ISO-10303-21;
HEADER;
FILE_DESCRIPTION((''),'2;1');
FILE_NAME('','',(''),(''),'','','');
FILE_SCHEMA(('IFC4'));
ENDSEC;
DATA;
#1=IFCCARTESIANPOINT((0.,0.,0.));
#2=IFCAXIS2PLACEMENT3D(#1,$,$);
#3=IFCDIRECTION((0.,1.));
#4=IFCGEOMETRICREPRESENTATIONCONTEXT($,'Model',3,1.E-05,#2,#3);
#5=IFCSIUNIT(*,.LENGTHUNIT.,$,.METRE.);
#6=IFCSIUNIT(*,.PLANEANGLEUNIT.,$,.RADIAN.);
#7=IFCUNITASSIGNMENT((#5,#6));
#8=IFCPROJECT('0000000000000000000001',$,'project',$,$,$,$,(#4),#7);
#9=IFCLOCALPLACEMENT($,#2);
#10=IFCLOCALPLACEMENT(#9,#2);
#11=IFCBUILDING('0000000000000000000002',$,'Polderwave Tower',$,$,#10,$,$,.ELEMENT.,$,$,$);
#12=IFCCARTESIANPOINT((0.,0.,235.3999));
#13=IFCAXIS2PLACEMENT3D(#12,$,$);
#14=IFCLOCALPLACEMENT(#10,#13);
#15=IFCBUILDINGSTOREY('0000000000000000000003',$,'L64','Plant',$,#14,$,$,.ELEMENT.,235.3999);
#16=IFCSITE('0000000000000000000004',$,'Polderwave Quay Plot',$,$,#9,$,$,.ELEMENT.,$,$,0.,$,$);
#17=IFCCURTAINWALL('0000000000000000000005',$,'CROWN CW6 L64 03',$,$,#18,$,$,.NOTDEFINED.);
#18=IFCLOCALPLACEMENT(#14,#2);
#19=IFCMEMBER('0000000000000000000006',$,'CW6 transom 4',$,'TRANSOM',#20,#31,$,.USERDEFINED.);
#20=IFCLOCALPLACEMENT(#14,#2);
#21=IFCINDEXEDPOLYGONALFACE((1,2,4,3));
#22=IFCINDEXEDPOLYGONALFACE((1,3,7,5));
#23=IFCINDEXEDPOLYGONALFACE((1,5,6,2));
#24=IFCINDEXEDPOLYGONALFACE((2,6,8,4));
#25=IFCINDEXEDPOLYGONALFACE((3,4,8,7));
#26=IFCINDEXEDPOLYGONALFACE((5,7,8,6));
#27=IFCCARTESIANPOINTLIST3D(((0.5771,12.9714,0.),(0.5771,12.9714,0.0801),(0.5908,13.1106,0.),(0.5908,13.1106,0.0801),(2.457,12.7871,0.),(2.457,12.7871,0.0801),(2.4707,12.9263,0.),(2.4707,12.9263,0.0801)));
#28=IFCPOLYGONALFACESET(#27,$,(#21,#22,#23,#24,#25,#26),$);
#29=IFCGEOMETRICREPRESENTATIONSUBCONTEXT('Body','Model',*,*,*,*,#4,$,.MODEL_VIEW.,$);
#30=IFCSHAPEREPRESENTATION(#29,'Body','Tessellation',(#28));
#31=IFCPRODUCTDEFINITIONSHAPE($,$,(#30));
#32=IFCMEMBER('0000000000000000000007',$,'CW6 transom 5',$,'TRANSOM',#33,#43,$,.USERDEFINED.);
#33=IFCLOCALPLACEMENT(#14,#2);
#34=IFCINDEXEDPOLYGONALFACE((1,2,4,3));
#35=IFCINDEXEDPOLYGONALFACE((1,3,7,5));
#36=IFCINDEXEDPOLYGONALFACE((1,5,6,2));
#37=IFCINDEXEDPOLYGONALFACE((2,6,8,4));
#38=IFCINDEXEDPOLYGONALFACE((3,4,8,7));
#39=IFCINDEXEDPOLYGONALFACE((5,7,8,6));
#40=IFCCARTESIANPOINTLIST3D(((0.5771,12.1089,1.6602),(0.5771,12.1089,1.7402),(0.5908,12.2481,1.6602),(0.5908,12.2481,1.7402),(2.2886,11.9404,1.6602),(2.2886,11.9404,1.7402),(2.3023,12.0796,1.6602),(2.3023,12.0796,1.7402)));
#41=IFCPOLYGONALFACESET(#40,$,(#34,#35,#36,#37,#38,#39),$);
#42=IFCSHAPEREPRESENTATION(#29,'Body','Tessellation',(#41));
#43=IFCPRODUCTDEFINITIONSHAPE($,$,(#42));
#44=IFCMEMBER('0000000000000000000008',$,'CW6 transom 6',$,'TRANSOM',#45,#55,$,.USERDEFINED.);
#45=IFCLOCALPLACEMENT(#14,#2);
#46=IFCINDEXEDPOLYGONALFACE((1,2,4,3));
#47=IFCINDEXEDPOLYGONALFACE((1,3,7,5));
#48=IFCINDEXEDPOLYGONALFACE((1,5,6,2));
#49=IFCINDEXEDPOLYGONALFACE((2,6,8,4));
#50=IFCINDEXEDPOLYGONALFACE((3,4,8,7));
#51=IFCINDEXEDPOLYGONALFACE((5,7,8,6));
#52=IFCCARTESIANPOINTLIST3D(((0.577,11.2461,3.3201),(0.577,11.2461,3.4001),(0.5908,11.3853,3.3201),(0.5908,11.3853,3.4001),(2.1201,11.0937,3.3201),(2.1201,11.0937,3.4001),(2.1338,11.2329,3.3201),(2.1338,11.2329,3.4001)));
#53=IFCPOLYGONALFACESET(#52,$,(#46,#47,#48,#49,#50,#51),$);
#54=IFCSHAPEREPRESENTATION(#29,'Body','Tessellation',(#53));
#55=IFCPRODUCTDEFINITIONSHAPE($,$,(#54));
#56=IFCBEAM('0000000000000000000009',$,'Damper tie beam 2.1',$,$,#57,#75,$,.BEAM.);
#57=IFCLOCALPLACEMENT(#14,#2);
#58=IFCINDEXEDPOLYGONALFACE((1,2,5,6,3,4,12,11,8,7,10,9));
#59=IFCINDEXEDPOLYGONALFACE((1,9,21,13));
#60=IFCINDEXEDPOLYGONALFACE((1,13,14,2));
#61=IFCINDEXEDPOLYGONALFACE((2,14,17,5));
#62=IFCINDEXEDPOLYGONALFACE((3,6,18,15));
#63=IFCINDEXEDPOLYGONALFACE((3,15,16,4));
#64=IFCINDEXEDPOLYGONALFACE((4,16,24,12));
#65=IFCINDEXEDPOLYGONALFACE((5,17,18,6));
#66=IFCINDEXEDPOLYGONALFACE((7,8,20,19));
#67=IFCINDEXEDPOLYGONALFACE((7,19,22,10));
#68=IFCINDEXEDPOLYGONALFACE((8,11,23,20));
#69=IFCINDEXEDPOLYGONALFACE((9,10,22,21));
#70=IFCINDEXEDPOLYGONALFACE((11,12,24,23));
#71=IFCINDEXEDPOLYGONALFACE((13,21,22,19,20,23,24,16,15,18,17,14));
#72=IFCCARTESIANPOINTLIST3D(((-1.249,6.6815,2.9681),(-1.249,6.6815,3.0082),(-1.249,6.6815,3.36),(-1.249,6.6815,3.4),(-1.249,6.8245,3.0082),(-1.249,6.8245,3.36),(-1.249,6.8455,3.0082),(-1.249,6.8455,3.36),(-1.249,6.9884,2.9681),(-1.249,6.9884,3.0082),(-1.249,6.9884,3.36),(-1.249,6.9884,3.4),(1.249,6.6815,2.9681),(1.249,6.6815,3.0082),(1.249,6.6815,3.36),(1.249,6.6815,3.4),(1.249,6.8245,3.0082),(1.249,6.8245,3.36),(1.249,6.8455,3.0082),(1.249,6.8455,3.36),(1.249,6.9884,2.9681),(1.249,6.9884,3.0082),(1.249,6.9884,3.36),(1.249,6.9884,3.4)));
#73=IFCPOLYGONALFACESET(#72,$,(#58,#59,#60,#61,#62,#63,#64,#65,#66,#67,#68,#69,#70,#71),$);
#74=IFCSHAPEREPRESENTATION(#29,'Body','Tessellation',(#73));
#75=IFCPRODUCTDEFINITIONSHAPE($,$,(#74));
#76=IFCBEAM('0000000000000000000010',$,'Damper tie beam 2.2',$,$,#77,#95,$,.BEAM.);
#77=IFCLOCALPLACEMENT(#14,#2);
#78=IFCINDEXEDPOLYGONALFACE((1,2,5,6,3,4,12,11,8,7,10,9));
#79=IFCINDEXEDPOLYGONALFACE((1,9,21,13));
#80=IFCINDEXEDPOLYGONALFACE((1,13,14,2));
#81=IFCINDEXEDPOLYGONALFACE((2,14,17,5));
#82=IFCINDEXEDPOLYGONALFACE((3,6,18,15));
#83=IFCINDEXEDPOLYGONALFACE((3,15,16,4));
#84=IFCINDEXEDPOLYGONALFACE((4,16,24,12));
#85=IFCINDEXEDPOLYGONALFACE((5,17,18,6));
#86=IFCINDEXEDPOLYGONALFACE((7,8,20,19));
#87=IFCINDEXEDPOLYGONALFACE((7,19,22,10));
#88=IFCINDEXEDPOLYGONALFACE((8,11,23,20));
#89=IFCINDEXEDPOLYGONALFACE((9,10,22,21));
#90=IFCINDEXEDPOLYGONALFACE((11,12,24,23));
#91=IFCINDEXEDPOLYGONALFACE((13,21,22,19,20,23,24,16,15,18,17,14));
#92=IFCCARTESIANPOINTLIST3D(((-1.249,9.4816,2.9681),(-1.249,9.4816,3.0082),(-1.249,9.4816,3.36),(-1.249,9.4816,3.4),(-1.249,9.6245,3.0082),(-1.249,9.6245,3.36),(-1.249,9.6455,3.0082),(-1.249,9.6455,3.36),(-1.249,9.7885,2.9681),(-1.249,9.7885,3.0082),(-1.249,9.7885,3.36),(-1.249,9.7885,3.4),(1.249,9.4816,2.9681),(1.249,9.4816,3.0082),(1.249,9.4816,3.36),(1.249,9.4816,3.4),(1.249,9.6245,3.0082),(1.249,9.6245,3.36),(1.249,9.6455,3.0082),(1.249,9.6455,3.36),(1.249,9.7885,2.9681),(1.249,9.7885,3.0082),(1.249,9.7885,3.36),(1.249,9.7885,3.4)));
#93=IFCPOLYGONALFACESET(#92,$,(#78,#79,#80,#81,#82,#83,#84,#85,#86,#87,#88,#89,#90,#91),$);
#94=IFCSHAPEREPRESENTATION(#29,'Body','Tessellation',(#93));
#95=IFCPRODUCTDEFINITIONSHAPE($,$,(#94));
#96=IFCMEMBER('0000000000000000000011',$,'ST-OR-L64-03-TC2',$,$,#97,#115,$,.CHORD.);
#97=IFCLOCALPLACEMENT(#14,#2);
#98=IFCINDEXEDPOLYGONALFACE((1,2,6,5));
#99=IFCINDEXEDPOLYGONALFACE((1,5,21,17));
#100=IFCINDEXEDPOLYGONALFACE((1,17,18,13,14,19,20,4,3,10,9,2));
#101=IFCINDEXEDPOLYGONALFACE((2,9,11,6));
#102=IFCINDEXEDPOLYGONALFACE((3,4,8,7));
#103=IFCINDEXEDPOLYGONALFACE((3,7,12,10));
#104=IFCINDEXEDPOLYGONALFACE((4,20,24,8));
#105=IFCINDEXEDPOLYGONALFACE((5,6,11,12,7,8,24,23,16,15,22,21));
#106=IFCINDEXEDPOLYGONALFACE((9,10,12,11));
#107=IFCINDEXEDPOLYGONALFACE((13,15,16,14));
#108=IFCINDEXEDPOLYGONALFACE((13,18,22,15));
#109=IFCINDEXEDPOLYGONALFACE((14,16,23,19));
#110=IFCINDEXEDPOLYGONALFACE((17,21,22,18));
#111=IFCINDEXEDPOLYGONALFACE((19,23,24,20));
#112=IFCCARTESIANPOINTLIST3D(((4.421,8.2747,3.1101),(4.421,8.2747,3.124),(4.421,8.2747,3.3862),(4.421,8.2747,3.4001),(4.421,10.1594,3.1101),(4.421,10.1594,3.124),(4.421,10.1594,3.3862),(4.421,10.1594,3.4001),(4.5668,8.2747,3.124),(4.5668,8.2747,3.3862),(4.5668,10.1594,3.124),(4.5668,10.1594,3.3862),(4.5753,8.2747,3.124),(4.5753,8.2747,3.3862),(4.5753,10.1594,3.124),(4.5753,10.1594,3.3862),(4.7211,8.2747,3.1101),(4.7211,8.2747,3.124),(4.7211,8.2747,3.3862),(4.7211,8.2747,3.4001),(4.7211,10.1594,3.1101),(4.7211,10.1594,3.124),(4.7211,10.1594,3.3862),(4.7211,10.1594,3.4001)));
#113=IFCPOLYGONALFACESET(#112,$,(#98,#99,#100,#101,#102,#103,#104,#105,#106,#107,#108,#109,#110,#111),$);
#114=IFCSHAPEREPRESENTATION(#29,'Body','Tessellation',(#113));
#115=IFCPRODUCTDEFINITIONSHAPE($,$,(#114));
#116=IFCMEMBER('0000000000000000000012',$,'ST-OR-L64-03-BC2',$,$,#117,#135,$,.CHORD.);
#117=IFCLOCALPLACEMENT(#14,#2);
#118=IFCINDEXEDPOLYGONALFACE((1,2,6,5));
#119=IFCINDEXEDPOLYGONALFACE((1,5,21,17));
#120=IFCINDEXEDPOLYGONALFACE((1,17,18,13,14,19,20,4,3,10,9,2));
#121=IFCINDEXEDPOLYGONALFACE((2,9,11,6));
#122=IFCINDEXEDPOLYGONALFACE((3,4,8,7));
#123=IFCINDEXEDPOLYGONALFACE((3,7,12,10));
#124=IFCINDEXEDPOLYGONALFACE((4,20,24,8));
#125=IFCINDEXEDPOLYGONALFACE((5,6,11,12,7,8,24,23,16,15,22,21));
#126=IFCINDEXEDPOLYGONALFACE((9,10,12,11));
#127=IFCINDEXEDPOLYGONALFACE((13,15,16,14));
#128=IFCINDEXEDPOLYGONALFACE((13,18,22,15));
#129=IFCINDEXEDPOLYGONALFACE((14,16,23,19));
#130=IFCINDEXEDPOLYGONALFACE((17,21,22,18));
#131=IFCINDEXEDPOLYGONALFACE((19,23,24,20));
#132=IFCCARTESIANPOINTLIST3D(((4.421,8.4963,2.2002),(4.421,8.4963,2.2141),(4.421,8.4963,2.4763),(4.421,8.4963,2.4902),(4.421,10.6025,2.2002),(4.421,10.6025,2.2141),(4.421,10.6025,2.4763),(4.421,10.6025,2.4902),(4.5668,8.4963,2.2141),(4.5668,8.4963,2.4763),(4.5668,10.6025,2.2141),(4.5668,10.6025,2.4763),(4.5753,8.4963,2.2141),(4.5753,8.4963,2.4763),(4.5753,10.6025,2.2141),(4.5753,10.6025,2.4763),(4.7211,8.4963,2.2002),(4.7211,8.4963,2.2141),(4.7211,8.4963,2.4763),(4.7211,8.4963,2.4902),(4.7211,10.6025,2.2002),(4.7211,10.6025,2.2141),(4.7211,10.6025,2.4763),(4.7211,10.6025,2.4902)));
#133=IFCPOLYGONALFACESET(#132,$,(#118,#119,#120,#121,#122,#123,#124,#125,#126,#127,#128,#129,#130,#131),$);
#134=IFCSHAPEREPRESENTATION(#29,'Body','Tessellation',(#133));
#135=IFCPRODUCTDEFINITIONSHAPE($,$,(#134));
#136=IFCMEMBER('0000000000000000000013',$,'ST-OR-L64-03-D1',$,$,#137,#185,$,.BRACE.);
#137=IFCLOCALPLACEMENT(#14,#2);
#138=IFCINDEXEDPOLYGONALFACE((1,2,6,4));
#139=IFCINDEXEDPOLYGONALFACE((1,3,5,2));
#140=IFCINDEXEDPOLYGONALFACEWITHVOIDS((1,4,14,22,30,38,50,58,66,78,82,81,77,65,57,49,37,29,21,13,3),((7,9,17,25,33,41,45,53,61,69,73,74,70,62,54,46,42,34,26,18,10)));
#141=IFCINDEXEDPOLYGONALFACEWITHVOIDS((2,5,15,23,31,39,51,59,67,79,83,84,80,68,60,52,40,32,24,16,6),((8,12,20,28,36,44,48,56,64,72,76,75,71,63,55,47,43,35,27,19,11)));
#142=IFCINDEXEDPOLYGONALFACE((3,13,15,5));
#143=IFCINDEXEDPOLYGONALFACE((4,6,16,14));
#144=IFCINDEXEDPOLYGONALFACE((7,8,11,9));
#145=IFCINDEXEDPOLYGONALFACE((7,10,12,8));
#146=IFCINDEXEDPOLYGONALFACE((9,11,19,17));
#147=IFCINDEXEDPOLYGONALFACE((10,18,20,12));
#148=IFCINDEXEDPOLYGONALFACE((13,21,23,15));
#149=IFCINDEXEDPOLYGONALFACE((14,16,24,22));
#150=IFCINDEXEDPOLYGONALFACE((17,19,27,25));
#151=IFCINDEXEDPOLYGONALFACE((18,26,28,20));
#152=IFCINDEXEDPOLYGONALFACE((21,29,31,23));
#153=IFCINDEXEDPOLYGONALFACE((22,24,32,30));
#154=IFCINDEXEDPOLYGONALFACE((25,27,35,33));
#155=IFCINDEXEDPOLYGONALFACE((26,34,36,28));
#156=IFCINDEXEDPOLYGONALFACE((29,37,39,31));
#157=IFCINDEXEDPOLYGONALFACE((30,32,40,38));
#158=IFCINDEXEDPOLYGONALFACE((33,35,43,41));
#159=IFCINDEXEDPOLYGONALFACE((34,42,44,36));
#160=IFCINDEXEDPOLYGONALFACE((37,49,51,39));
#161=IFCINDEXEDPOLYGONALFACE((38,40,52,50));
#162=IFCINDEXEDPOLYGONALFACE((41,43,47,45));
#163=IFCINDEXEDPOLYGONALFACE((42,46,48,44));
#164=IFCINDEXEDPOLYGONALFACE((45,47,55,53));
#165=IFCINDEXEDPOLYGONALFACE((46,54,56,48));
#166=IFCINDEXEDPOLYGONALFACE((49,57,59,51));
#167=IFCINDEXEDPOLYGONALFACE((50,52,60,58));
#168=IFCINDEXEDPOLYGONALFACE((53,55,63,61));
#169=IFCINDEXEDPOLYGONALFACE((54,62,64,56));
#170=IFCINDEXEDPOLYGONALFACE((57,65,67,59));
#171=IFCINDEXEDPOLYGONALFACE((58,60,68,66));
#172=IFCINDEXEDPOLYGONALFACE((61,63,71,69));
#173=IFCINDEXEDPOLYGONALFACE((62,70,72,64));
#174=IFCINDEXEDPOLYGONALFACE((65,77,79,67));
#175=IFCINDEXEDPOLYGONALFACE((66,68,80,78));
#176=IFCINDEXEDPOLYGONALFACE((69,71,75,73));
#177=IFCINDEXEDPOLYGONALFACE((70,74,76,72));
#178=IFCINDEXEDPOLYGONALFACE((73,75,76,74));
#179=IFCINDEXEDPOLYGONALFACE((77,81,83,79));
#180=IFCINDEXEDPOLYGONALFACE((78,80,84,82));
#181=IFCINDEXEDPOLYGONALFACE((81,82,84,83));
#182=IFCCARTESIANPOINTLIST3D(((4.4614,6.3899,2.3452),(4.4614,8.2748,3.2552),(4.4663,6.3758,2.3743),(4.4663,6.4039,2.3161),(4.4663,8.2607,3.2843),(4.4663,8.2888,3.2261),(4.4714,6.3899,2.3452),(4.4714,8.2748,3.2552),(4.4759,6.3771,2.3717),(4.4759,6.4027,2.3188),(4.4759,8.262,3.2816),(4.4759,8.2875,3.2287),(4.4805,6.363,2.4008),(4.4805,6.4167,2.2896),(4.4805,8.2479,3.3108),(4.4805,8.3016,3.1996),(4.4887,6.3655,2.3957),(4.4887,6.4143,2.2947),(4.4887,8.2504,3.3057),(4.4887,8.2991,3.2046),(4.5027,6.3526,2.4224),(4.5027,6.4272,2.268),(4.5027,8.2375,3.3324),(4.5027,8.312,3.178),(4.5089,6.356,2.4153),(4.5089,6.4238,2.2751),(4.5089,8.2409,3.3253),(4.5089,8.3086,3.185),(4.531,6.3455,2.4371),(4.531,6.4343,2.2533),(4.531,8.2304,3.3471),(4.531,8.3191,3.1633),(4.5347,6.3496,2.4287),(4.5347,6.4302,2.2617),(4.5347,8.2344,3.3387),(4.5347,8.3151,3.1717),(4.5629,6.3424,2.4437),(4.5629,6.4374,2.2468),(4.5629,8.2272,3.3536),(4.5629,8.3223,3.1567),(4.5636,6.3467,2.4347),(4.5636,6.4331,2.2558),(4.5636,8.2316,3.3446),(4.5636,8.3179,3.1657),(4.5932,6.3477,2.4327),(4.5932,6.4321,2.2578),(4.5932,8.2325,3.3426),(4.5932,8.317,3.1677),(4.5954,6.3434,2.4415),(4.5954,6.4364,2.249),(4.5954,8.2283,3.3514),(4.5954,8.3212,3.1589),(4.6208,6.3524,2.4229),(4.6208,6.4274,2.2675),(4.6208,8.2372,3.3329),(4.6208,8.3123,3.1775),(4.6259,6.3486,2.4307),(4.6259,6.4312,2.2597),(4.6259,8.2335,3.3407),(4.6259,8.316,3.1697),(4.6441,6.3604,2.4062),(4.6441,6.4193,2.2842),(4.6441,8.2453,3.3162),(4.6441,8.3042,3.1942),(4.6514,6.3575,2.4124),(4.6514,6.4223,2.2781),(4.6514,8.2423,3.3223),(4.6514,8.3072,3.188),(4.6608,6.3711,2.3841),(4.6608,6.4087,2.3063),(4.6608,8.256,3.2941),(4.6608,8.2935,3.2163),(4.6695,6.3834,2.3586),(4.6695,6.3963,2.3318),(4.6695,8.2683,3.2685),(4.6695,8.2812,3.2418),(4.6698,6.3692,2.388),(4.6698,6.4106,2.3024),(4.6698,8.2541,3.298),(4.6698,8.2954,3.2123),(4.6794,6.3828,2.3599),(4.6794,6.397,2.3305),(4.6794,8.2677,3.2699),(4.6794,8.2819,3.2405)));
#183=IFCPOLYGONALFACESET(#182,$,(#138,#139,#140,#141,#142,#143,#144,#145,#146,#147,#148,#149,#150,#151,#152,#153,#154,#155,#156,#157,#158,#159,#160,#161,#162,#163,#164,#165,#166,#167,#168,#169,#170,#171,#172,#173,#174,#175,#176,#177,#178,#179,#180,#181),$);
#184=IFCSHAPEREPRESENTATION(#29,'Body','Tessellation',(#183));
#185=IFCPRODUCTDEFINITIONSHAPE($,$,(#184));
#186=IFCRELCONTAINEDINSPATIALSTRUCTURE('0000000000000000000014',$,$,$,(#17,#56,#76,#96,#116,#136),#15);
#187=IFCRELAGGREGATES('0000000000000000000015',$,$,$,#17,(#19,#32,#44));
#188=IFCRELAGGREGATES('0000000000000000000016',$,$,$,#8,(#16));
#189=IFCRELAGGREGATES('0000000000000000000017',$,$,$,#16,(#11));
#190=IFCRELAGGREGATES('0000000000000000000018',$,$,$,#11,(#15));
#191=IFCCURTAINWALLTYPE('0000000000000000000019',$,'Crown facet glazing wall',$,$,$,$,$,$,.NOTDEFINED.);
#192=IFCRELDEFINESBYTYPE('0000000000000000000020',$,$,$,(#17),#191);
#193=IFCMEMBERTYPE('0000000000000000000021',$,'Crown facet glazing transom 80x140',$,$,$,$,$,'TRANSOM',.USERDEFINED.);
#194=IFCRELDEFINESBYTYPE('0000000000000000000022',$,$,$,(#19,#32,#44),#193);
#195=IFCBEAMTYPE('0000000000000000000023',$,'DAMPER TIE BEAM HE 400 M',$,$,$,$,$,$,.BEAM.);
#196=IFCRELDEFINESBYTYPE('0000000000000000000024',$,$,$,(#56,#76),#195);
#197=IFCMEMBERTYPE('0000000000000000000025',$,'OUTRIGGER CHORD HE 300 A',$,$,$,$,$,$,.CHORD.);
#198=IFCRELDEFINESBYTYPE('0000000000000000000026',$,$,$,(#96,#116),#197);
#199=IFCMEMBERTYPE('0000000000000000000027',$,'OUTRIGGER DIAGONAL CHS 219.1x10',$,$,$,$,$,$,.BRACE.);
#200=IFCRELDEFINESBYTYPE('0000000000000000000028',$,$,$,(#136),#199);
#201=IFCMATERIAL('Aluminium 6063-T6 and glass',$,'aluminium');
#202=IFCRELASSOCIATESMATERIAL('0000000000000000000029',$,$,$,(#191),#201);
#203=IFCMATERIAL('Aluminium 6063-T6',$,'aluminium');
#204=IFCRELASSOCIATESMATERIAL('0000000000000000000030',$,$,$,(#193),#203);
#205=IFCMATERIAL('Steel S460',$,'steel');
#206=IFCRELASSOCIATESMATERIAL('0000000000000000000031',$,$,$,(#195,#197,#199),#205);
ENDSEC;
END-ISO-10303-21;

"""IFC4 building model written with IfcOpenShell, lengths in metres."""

from ifc_helpers import new_model, si_unit, direction, frame, origin, origin_2d, place, context, subcontext, project, spatial, rectangle, hollow_circle, i_section, extrude, material, material_profile, profile_set, type_object, element, aggregate, save


model = new_model("IFC4")

# Units and contexts
model_context = context("Model", 3, precision=1e-05, world=origin(), true_north=direction((0.0, 1.0)))
body_context = subcontext(model_context, "Body", "Model", "MODEL_VIEW")
ifc_project = project(units=[si_unit("LENGTHUNIT", "METRE"), si_unit("PLANEANGLEUNIT", "RADIAN")], contexts=[model_context])

# Site, building, storey
site_placement = place(None, origin())
site = spatial("IfcSite", under=ifc_project, at=site_placement, Name="Polderwave Quay Plot", CompositionType="ELEMENT", RefElevation=0.0)
building_placement = place(site_placement, origin())
building = spatial("IfcBuilding", under=site, at=building_placement, Name="Polderwave Tower", CompositionType="ELEMENT")
storey_placement = place(building_placement, frame((0.0, 0.0, 235.3999)))
storey = spatial("IfcBuildingStorey", under=building, at=storey_placement, Name="L64", Description="Plant", CompositionType="ELEMENT", Elevation=235.3999)

# Shared definitions
ifc_material_1 = material(Name="Steel S460", Category="steel")

# Shared definitions
ifc_material_2 = material(Name="Aluminium 6063-T6 and glass", Category="aluminium")
curtain_wall_type = type_object("IfcCurtainWallType", Name="Crown facet glazing wall", PredefinedType="NOTDEFINED", material=ifc_material_2)
ifc_material_3 = material(Name="Aluminium 6063-T6", Category="aluminium")

# Curtain wall
curtain_wall_1_placement = place(storey_placement, origin())
curtain_wall_1 = element("IfcCurtainWall", 1, at=curtain_wall_1_placement, inside=storey, type_object=curtain_wall_type, Name="CROWN CW6 L64 03", PredefinedType="NOTDEFINED")

# Members
ifc_material_profile_1 = material_profile(ifc_material_3, rectangle(XDim=0.1399, YDim=0.0801, at=origin_2d()), Name="AL 80x140")
ifc_profile_set_1 = profile_set([ifc_material_profile_1], Name="Aluminium 6063-T6")
member_type_1 = type_object("IfcMemberType", Name="Crown facet glazing transom 80x140", ElementType="TRANSOM", PredefinedType="USERDEFINED", material=ifc_profile_set_1)
member_1_placement = place(storey_placement, frame((2.4639, 12.8567, 0.04), z_axis=(-0.995227, 0.097584, 0.0), x_axis=(-0.097584, -0.995227, 0.0)))
member_1 = element("IfcMember", 2, at=member_1_placement, type_object=member_type_1, Name="CW6 transom 4", ObjectType="TRANSOM", PredefinedType="USERDEFINED", context=body_context, shape_type="SweptSolid", body=[
    extrude(rectangle(XDim=0.1399, YDim=0.0801, at=origin_2d()), origin(), (0.0, 0.0, 1.0), 1.8889),
])
member_2_placement = place(storey_placement, frame((2.2954, 12.01, 1.7002), z_axis=(-0.995191, 0.097957, 0.0), x_axis=(-0.097957, -0.995191, 0.0)))
member_2 = element("IfcMember", 3, at=member_2_placement, type_object=member_type_1, Name="CW6 transom 5", ObjectType="TRANSOM", PredefinedType="USERDEFINED", context=body_context, shape_type="SweptSolid", body=[
    extrude(rectangle(XDim=0.1399, YDim=0.0801, at=origin_2d()), origin(), (0.0, 0.0, 1.0), 1.7197),
])
member_3_placement = place(storey_placement, frame((2.127, 11.1633, 3.3601), z_axis=(-0.995161, 0.098256, 0.0), x_axis=(-0.098256, -0.995161, 0.0)))
member_3 = element("IfcMember", 4, at=member_3_placement, type_object=member_type_1, Name="CW6 transom 6", ObjectType="TRANSOM", PredefinedType="USERDEFINED", context=body_context, shape_type="SweptSolid", body=[
    extrude(rectangle(XDim=0.1399, YDim=0.0801, at=origin_2d()), origin(), (0.0, 0.0, 1.0), 1.5505),
])

# Beams
ifc_material_profile_2 = material_profile(ifc_material_1, i_section(OverallWidth=0.3069, OverallDepth=0.4319, WebThickness=0.021, FlangeThickness=0.04, at=origin_2d()), Name="HE 400 M")
ifc_profile_set_2 = profile_set([ifc_material_profile_2], Name="Steel S460")
beam_type_1 = type_object("IfcBeamType", Name="DAMPER TIE BEAM HE 400 M", PredefinedType="BEAM", material=ifc_profile_set_2)
for number, where, z_axis, x_axis, name in (
    (5, (1.249, 6.835, 3.1841), (-1.0, 0.0, 0.0), (0.0, -1.0, 0.0), "Damper tie beam 2.1"),
    (6, (1.249, 9.635, 3.1841), (-1.0, 0.0, 0.0), (0.0, -1.0, 0.0), "Damper tie beam 2.2"),
):
    element("IfcBeam", number, at=place(storey_placement, frame(where, z_axis=z_axis, x_axis=x_axis)), inside=storey, type_object=beam_type_1, Name=name, PredefinedType="BEAM", context=body_context, shape_type="SweptSolid", body=[
        extrude(i_section(OverallWidth=0.3069, OverallDepth=0.4319, WebThickness=0.021, FlangeThickness=0.04, at=origin_2d()), origin(), (0.0, 0.0, 1.0), 2.498),
    ])

# Members
ifc_material_profile_3 = material_profile(ifc_material_1, i_section(OverallWidth=0.3, OverallDepth=0.29, WebThickness=0.0085, FlangeThickness=0.0139, at=origin_2d()), Name="HE 300 A")
ifc_profile_set_3 = profile_set([ifc_material_profile_3], Name="Steel S460")
member_type_2 = type_object("IfcMemberType", Name="OUTRIGGER CHORD HE 300 A", PredefinedType="CHORD", material=ifc_profile_set_3)
member_4_placement = place(storey_placement, frame((4.571, 8.2747, 3.2551), z_axis=(0.0, 1.0, 0.0), x_axis=(-1.0, 0.0, 0.0)))
element("IfcMember", 7, at=member_4_placement, inside=storey, type_object=member_type_2, Name="ST-OR-L64-03-TC2", PredefinedType="CHORD", context=body_context, shape_type="SweptSolid", body=[
    extrude(i_section(OverallWidth=0.3, OverallDepth=0.29, WebThickness=0.0085, FlangeThickness=0.0139, at=origin_2d()), origin(), (0.0, 0.0, 1.0), 1.8848),
])
member_5_placement = place(storey_placement, frame((4.571, 8.4963, 2.3452), z_axis=(0.0, 1.0, 0.0), x_axis=(-1.0, 0.0, 0.0)))
element("IfcMember", 8, at=member_5_placement, inside=storey, type_object=member_type_2, Name="ST-OR-L64-03-BC2", PredefinedType="CHORD", context=body_context, shape_type="SweptSolid", body=[
    extrude(i_section(OverallWidth=0.3, OverallDepth=0.29, WebThickness=0.0085, FlangeThickness=0.0139, at=origin_2d()), origin(), (0.0, 0.0, 1.0), 2.1062),
])
ifc_material_profile_4 = material_profile(ifc_material_1, hollow_circle(Radius=0.1096, WallThickness=0.01, at=origin_2d()), Name="CHS 219.1x10")
ifc_profile_set_4 = profile_set([ifc_material_profile_4], Name="Steel S460")
member_type_3 = type_object("IfcMemberType", Name="OUTRIGGER DIAGONAL CHS 219.1x10", PredefinedType="BRACE", material=ifc_profile_set_4)
member_6_placement = place(storey_placement, frame((4.571, 6.3899, 2.3452), z_axis=(0.0, 0.900547, 0.434759), x_axis=(-1.0, 0.0, 0.0)))
element("IfcMember", 9, at=member_6_placement, inside=storey, type_object=member_type_3, Name="ST-OR-L64-03-D1", PredefinedType="BRACE", context=body_context, shape_type="SweptSolid", body=[
    extrude(hollow_circle(Radius=0.1096, WallThickness=0.01, at=origin_2d()), origin(), (0.0, 0.0, 1.0), 2.093),
])

aggregate(curtain_wall_1, [member_1, member_2, member_3])

save(model, "model.ifc")
